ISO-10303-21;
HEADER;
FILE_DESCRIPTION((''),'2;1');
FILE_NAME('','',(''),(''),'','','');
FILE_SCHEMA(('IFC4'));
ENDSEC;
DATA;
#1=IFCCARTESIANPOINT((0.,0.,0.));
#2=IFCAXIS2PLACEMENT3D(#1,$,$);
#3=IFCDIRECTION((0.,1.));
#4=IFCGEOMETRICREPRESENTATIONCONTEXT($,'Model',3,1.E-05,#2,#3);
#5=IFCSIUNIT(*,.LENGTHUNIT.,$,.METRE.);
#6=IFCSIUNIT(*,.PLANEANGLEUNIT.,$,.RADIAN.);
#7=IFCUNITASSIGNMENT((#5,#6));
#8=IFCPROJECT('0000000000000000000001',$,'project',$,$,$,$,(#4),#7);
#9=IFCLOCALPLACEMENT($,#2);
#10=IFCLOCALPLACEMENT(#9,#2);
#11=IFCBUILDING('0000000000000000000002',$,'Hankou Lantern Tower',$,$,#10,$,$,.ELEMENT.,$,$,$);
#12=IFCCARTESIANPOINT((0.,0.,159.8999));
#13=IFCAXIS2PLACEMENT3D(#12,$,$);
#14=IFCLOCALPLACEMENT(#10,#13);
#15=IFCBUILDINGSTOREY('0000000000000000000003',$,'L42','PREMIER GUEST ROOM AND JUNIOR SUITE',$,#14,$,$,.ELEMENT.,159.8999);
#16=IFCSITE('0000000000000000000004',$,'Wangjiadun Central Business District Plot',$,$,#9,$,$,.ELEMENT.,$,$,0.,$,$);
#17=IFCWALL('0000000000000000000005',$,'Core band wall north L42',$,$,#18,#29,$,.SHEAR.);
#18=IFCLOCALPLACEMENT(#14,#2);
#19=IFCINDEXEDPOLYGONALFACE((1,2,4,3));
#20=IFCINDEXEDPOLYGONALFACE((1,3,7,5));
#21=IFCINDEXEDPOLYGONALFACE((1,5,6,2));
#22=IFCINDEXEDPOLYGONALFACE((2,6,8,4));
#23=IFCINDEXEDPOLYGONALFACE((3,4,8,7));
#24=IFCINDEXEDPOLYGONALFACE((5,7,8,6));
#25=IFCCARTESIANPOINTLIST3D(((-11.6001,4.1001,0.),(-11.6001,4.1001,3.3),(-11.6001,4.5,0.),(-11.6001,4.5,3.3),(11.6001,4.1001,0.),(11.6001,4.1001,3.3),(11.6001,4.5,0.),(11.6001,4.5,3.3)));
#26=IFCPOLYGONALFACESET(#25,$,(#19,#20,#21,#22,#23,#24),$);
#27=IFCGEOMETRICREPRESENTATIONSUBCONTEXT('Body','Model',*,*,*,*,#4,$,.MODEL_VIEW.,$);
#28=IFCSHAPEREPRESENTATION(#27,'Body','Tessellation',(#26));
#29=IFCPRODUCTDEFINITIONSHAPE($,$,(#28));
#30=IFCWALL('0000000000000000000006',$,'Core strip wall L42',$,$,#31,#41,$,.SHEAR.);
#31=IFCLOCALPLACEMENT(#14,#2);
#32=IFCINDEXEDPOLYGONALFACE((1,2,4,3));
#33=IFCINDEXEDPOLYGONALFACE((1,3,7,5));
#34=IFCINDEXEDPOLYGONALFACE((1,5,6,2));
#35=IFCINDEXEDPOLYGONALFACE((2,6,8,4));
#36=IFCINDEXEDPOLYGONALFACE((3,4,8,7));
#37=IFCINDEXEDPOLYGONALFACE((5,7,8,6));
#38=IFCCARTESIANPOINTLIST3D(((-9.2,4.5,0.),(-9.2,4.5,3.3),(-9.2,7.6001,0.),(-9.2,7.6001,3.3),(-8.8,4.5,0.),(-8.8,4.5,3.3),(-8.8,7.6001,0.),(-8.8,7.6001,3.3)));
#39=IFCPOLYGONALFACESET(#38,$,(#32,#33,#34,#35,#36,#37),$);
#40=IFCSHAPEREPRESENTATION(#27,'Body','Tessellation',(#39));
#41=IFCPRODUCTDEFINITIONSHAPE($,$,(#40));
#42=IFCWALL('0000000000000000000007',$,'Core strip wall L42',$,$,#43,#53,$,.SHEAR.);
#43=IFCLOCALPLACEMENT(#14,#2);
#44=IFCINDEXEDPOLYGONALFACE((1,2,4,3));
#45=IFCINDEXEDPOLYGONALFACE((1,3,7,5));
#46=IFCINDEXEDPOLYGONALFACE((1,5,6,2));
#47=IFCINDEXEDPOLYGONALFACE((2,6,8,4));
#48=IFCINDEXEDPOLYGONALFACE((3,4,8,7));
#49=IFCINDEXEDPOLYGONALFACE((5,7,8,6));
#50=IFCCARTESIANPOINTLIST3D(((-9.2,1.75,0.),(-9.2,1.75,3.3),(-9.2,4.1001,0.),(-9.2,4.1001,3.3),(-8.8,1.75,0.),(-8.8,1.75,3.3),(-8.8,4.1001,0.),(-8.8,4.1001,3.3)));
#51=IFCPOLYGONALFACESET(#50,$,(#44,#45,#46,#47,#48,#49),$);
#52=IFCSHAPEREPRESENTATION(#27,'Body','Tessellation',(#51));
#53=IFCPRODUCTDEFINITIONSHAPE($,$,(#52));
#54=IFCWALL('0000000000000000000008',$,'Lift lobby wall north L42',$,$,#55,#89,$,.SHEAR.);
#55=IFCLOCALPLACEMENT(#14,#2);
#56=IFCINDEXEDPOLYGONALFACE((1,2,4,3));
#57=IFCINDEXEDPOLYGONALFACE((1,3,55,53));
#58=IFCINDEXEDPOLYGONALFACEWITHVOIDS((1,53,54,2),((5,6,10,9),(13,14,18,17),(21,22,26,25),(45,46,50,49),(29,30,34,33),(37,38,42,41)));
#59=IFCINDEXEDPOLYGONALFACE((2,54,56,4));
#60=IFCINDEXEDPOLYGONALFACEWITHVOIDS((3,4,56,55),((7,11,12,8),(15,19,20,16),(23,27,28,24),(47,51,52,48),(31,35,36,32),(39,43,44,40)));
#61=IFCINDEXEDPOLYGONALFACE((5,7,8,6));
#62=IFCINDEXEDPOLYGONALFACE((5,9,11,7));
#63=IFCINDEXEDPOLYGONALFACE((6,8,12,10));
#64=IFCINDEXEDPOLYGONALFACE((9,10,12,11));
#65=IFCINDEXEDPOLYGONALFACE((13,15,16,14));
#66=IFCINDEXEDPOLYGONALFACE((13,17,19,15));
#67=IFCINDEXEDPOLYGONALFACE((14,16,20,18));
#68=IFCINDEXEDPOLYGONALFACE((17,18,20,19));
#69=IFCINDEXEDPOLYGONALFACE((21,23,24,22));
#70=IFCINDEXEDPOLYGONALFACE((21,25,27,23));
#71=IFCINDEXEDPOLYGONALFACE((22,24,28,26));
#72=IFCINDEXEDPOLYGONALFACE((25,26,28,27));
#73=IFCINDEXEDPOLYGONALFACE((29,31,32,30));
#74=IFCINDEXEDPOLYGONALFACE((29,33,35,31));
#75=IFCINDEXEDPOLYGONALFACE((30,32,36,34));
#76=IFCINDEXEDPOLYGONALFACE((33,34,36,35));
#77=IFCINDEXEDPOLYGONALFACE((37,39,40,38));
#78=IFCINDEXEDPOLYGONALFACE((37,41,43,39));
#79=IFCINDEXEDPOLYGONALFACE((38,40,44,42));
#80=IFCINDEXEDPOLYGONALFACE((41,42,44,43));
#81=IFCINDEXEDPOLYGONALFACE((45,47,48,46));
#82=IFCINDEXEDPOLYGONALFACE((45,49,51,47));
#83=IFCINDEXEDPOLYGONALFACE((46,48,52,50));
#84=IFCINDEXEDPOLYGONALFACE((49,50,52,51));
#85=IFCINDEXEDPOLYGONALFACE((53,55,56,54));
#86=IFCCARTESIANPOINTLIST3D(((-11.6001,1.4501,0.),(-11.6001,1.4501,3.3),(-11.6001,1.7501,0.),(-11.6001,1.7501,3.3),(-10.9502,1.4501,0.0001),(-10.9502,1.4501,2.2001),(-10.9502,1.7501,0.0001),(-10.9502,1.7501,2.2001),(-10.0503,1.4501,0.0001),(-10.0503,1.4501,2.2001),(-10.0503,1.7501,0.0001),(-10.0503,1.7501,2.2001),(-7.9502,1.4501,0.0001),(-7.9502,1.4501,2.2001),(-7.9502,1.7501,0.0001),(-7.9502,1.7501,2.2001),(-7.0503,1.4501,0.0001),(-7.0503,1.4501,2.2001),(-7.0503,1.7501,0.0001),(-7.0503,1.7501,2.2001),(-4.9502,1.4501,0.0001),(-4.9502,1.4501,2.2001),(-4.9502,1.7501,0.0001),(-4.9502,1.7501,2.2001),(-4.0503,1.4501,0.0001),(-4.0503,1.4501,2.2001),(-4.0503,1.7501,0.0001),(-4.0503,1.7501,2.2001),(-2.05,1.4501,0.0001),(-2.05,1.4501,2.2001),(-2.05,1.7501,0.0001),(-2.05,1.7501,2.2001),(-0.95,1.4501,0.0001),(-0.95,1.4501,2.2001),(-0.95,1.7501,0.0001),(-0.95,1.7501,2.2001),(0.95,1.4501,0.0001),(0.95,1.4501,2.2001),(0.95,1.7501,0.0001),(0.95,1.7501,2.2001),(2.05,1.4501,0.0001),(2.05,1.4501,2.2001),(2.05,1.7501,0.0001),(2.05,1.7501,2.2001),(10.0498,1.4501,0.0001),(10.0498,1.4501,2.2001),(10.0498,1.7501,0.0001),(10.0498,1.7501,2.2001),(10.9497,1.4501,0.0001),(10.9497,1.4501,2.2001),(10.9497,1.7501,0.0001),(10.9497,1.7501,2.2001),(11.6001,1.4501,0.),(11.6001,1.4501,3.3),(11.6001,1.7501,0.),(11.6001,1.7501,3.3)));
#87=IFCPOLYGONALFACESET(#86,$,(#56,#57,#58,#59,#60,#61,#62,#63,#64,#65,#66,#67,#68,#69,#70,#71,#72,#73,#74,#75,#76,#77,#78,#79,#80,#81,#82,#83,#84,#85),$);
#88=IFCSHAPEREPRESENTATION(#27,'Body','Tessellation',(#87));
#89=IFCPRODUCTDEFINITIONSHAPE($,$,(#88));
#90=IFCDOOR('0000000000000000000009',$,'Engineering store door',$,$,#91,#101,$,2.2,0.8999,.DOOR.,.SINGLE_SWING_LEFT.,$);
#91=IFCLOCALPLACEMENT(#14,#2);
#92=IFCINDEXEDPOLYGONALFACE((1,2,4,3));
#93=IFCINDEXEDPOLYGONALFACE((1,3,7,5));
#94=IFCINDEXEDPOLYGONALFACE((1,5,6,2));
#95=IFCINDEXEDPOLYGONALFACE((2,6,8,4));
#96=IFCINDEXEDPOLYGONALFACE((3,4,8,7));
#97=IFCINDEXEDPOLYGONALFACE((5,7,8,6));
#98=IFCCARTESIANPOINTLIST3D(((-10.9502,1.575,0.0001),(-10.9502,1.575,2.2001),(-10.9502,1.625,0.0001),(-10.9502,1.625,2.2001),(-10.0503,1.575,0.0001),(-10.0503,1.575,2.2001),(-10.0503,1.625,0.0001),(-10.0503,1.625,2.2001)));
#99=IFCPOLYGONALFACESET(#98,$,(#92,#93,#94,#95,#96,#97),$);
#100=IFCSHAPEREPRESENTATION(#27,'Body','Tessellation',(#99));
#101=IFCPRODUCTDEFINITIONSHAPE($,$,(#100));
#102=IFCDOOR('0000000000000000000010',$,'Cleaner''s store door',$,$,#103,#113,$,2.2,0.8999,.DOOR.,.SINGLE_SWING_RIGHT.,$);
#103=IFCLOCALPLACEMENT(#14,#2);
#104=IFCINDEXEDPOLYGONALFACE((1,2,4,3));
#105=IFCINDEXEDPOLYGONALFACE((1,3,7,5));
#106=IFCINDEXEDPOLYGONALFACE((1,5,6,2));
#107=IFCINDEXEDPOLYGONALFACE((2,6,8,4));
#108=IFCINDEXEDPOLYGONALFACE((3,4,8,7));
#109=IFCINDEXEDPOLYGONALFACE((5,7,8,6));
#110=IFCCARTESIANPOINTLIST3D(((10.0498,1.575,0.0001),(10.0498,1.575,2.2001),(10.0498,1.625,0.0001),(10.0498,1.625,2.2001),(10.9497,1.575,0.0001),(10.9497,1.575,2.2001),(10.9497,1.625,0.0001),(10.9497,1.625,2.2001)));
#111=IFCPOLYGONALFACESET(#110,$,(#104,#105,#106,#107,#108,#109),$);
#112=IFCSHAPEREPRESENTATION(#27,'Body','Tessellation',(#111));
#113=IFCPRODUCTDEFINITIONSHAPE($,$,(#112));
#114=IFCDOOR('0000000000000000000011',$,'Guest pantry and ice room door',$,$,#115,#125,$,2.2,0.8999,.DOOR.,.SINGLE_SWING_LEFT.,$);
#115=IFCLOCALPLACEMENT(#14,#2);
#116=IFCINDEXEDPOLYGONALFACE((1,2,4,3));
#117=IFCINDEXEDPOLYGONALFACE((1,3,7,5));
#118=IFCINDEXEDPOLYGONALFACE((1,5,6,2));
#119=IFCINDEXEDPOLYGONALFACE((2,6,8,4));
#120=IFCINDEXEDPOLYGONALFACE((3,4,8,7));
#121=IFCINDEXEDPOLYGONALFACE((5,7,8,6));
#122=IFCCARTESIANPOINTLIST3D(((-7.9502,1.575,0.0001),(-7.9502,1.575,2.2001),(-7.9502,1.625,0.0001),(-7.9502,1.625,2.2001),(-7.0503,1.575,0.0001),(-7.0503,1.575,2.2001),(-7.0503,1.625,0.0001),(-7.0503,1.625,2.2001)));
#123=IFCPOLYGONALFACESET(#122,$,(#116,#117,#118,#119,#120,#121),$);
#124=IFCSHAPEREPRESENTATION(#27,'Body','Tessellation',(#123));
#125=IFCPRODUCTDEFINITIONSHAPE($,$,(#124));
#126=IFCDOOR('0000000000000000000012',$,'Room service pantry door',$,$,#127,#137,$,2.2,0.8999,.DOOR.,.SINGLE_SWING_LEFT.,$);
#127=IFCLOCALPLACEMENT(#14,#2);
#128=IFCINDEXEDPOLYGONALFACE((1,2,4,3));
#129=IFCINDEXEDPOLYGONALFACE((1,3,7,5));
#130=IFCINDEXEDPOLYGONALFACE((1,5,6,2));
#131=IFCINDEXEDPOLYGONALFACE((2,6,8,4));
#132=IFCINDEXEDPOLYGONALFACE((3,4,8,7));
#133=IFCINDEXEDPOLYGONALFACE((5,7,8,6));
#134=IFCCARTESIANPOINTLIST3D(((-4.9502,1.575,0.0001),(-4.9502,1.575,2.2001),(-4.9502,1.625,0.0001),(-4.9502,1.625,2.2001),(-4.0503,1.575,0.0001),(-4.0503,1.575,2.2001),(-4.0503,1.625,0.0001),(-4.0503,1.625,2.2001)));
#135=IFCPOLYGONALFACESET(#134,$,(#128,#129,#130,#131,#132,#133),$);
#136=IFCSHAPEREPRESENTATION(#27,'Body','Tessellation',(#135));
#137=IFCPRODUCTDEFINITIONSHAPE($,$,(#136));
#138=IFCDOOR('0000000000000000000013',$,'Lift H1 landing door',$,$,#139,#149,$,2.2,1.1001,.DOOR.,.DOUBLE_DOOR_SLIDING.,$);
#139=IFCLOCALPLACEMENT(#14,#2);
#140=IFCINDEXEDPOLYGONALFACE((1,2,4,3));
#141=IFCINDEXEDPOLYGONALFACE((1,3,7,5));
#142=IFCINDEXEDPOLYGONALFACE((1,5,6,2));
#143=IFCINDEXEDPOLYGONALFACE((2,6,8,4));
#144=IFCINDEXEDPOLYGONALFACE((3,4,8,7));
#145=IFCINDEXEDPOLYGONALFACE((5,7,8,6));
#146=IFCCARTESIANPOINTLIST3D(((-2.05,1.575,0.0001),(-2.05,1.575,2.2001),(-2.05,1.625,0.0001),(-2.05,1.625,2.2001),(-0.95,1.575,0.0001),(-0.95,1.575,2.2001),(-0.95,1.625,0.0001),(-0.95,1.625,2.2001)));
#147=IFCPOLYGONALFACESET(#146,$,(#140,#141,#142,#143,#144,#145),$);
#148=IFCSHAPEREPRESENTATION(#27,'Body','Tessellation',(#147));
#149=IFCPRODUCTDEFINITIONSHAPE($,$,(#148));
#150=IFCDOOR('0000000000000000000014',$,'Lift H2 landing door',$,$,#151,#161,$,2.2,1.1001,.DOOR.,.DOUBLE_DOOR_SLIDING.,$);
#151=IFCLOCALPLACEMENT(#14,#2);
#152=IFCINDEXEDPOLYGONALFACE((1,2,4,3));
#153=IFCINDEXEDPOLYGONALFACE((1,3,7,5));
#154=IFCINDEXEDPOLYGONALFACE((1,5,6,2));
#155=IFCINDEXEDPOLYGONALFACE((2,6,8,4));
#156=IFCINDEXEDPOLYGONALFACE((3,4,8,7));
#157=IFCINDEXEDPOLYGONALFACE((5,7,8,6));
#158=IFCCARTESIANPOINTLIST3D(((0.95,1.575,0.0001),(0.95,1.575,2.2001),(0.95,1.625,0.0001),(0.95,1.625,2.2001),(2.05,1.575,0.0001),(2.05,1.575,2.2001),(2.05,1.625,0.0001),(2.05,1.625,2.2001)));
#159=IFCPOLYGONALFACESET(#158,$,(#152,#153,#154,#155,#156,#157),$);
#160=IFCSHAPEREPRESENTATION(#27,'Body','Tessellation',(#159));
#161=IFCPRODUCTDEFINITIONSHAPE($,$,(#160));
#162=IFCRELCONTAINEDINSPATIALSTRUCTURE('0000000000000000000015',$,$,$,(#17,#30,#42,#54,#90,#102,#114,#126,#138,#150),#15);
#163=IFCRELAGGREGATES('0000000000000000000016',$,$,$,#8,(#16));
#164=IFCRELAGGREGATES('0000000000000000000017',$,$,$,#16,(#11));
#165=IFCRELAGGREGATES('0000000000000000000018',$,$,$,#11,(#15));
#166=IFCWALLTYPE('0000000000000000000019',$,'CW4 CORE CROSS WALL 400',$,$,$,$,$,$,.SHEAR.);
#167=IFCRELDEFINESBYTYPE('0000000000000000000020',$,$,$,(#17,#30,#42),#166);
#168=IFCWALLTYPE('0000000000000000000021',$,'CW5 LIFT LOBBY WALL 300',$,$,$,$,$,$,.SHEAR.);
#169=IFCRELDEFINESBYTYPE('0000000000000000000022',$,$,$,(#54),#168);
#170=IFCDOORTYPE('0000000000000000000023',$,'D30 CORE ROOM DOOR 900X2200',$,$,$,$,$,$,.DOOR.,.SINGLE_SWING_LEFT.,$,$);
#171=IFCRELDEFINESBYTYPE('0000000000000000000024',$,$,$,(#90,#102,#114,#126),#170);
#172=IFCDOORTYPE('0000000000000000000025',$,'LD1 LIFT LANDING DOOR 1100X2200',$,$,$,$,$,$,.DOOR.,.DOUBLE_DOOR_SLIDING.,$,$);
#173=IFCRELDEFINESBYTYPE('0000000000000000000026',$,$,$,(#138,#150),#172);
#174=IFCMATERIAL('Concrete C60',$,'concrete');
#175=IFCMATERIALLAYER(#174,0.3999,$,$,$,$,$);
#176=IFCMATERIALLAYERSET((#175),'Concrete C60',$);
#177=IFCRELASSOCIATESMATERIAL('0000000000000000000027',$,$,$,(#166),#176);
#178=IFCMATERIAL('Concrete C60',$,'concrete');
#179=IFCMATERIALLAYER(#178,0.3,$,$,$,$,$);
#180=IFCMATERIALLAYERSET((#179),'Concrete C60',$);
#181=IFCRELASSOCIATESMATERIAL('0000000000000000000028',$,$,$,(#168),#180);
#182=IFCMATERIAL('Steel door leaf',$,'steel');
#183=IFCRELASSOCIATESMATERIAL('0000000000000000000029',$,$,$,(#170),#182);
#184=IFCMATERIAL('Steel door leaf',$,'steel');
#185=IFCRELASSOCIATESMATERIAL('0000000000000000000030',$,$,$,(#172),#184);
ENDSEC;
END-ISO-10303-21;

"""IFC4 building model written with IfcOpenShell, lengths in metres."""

from ifc_helpers import new_model, si_unit, direction, frame, frame_2d, origin, place, context, subcontext, project, spatial, rectangle, extrude, material, layer, layer_set, type_object, element, fill, save


model = new_model("IFC4")

# Units and contexts
model_context = context("Model", 3, precision=1e-05, world=origin(), true_north=direction((0.0, 1.0)))
body_context = subcontext(model_context, "Body", "Model", "MODEL_VIEW")
ifc_project = project(units=[si_unit("LENGTHUNIT", "METRE"), si_unit("PLANEANGLEUNIT", "RADIAN")], contexts=[model_context])

# Site, building, storey
site_placement = place(None, origin())
site = spatial("IfcSite", under=ifc_project, at=site_placement, Name="Wangjiadun Central Business District Plot", CompositionType="ELEMENT", RefElevation=0.0)
building_placement = place(site_placement, origin())
building = spatial("IfcBuilding", under=site, at=building_placement, Name="Hankou Lantern Tower", CompositionType="ELEMENT")
storey_placement = place(building_placement, frame((0.0, 0.0, 159.8999)))
storey = spatial("IfcBuildingStorey", under=building, at=storey_placement, Name="L42", Description="PREMIER GUEST ROOM AND JUNIOR SUITE", CompositionType="ELEMENT", Elevation=159.8999)

# Walls
ifc_material_1 = material(Name="Concrete C60", Category="concrete")
ifc_layer_1 = layer(ifc_material_1, 0.3999)
ifc_layer_set_1 = layer_set([ifc_layer_1], Name="Concrete C60")
wall_type_1 = type_object("IfcWallType", Name="CW4 CORE CROSS WALL 400", PredefinedType="SHEAR", material=ifc_layer_set_1)
wall_1_placement = place(storey_placement, frame((-11.6001, 4.3, 0.0), z_axis=(0.0, 0.0, 1.0), x_axis=(1.0, 0.0, 0.0)))
element("IfcWall", 1, at=wall_1_placement, inside=storey, type_object=wall_type_1, Name="Core band wall north L42", PredefinedType="SHEAR", context=body_context, shape_type="SweptSolid", body=[
    extrude(rectangle(XDim=23.2002, YDim=0.3999, at=frame_2d((11.6001, 0.0))), origin(), (0.0, 0.0, 1.0), 3.3),
])
wall_2_placement = place(storey_placement, frame((-9.0, 4.5, 0.0), z_axis=(0.0, 0.0, 1.0), x_axis=(0.0, 1.0, 0.0)))
element("IfcWall", 2, at=wall_2_placement, inside=storey, type_object=wall_type_1, Name="Core strip wall L42", PredefinedType="SHEAR", context=body_context, shape_type="SweptSolid", body=[
    extrude(rectangle(XDim=3.1001, YDim=0.3999, at=frame_2d((1.55, 0.0))), origin(), (0.0, 0.0, 1.0), 3.3),
])
wall_3_placement = place(storey_placement, frame((-9.0, 1.75, 0.0), z_axis=(0.0, 0.0, 1.0), x_axis=(0.0, 1.0, 0.0)))
element("IfcWall", 3, at=wall_3_placement, inside=storey, type_object=wall_type_1, Name="Core strip wall L42", PredefinedType="SHEAR", context=body_context, shape_type="SweptSolid", body=[
    extrude(rectangle(XDim=2.3501, YDim=0.3999, at=frame_2d((1.175, 0.0))), origin(), (0.0, 0.0, 1.0), 3.3),
])

# Wall, openings, doors
ifc_material_2 = material(Name="Concrete C60", Category="concrete")
ifc_layer_2 = layer(ifc_material_2, 0.3)
ifc_layer_set_2 = layer_set([ifc_layer_2], Name="Concrete C60")
wall_type_2 = type_object("IfcWallType", Name="CW5 LIFT LOBBY WALL 300", PredefinedType="SHEAR", material=ifc_layer_set_2)
wall_4_placement = place(storey_placement, frame((-11.6001, 1.6001, 0.0), z_axis=(0.0, 0.0, 1.0), x_axis=(1.0, 0.0, 0.0)))
wall_4 = element("IfcWall", 4, at=wall_4_placement, inside=storey, type_object=wall_type_2, Name="Lift lobby wall north L42", PredefinedType="SHEAR", context=body_context, shape_type="SweptSolid", body=[
    extrude(rectangle(XDim=23.2002, YDim=0.3, at=frame_2d((11.6001, 0.0))), origin(), (0.0, 0.0, 1.0), 3.3),
])
opening_1_placement = place(wall_4_placement, frame((9.55, 0.0, 0.0)))
opening_1 = element("IfcOpeningElement", 5, at=opening_1_placement, cuts=wall_4, PredefinedType="OPENING", context=body_context, shape_type="SweptSolid", body=[
    extrude(rectangle(XDim=1.1001, YDim=2.2, at=frame_2d((0.55, 1.1001))), frame((0.0, 0.1599, 0.0), z_axis=(0.0, -1.0, 0.0), x_axis=(1.0, 0.0, 0.0)), (0.0, 0.0, 1.0), 0.3201),
])
opening_2_placement = place(wall_4_placement, frame((12.55, 0.0, 0.0)))
opening_2 = element("IfcOpeningElement", 6, at=opening_2_placement, cuts=wall_4, PredefinedType="OPENING", context=body_context, shape_type="SweptSolid", body=[
    extrude(rectangle(XDim=1.1001, YDim=2.2, at=frame_2d((0.55, 1.1001))), frame((0.0, 0.1599, 0.0), z_axis=(0.0, -1.0, 0.0), x_axis=(1.0, 0.0, 0.0)), (0.0, 0.0, 1.0), 0.3201),
])
opening_3_placement = place(wall_4_placement, frame((0.6499, 0.0, 0.0)))
opening_3 = element("IfcOpeningElement", 7, at=opening_3_placement, cuts=wall_4, PredefinedType="OPENING", context=body_context, shape_type="SweptSolid", body=[
    extrude(rectangle(XDim=0.8999, YDim=2.2, at=frame_2d((0.45, 1.1001))), frame((0.0, 0.1599, 0.0), z_axis=(0.0, -1.0, 0.0), x_axis=(1.0, 0.0, 0.0)), (0.0, 0.0, 1.0), 0.3201),
])
opening_4_placement = place(wall_4_placement, frame((21.6499, 0.0, 0.0)))
opening_4 = element("IfcOpeningElement", 8, at=opening_4_placement, cuts=wall_4, PredefinedType="OPENING", context=body_context, shape_type="SweptSolid", body=[
    extrude(rectangle(XDim=0.8999, YDim=2.2, at=frame_2d((0.45, 1.1001))), frame((0.0, 0.1599, 0.0), z_axis=(0.0, -1.0, 0.0), x_axis=(1.0, 0.0, 0.0)), (0.0, 0.0, 1.0), 0.3201),
])
opening_5_placement = place(wall_4_placement, frame((3.6499, 0.0, 0.0)))
opening_5 = element("IfcOpeningElement", 9, at=opening_5_placement, cuts=wall_4, PredefinedType="OPENING", context=body_context, shape_type="SweptSolid", body=[
    extrude(rectangle(XDim=0.8999, YDim=2.2, at=frame_2d((0.45, 1.1001))), frame((0.0, 0.1599, 0.0), z_axis=(0.0, -1.0, 0.0), x_axis=(1.0, 0.0, 0.0)), (0.0, 0.0, 1.0), 0.3201),
])
opening_6_placement = place(wall_4_placement, frame((6.6499, 0.0, 0.0)))
opening_6 = element("IfcOpeningElement", 10, at=opening_6_placement, cuts=wall_4, PredefinedType="OPENING", context=body_context, shape_type="SweptSolid", body=[
    extrude(rectangle(XDim=0.8999, YDim=2.2, at=frame_2d((0.45, 1.1001))), frame((0.0, 0.1599, 0.0), z_axis=(0.0, -1.0, 0.0), x_axis=(1.0, 0.0, 0.0)), (0.0, 0.0, 1.0), 0.3201),
])
ifc_material_3 = material(Name="Steel door leaf", Category="steel")
door_type_1 = type_object("IfcDoorType", Name="D30 CORE ROOM DOOR 900X2200", OperationType="SINGLE_SWING_LEFT", PredefinedType="DOOR", material=ifc_material_3)
door_1_placement = place(opening_3_placement, origin())
door_1 = element("IfcDoor", 11, at=door_1_placement, inside=storey, type_object=door_type_1, Name="Engineering store door", OperationType="SINGLE_SWING_LEFT", OverallHeight=2.2, OverallWidth=0.8999, PredefinedType="DOOR", context=body_context, shape_type="SweptSolid", body=[
    extrude(rectangle(XDim=0.8999, YDim=2.2, at=frame_2d((0.45, 1.1001))), frame((0.0, 0.0249, 0.0), z_axis=(0.0, -1.0, 0.0), x_axis=(1.0, 0.0, 0.0)), (0.0, 0.0, 1.0), 0.05),
])
fill(opening_3, door_1)
door_2_placement = place(opening_4_placement, origin())
door_2 = element("IfcDoor", 12, at=door_2_placement, inside=storey, type_object=door_type_1, Name="Cleaner's store door", OperationType="SINGLE_SWING_RIGHT", OverallHeight=2.2, OverallWidth=0.8999, PredefinedType="DOOR", context=body_context, shape_type="SweptSolid", body=[
    extrude(rectangle(XDim=0.8999, YDim=2.2, at=frame_2d((0.45, 1.1001))), frame((0.0, 0.0249, 0.0), z_axis=(0.0, -1.0, 0.0), x_axis=(1.0, 0.0, 0.0)), (0.0, 0.0, 1.0), 0.05),
])
fill(opening_4, door_2)
door_3_placement = place(opening_5_placement, origin())
door_3 = element("IfcDoor", 13, at=door_3_placement, inside=storey, type_object=door_type_1, Name="Guest pantry and ice room door", OperationType="SINGLE_SWING_LEFT", OverallHeight=2.2, OverallWidth=0.8999, PredefinedType="DOOR", context=body_context, shape_type="SweptSolid", body=[
    extrude(rectangle(XDim=0.8999, YDim=2.2, at=frame_2d((0.45, 1.1001))), frame((0.0, 0.0249, 0.0), z_axis=(0.0, -1.0, 0.0), x_axis=(1.0, 0.0, 0.0)), (0.0, 0.0, 1.0), 0.05),
])
fill(opening_5, door_3)
door_4_placement = place(opening_6_placement, origin())
door_4 = element("IfcDoor", 14, at=door_4_placement, inside=storey, type_object=door_type_1, Name="Room service pantry door", OperationType="SINGLE_SWING_LEFT", OverallHeight=2.2, OverallWidth=0.8999, PredefinedType="DOOR", context=body_context, shape_type="SweptSolid", body=[
    extrude(rectangle(XDim=0.8999, YDim=2.2, at=frame_2d((0.45, 1.1001))), frame((0.0, 0.0249, 0.0), z_axis=(0.0, -1.0, 0.0), x_axis=(1.0, 0.0, 0.0)), (0.0, 0.0, 1.0), 0.05),
])
fill(opening_6, door_4)
ifc_material_4 = material(Name="Steel door leaf", Category="steel")
door_type_2 = type_object("IfcDoorType", Name="LD1 LIFT LANDING DOOR 1100X2200", OperationType="DOUBLE_DOOR_SLIDING", PredefinedType="DOOR", material=ifc_material_4)
door_5_placement = place(opening_1_placement, origin())
door_5 = element("IfcDoor", 15, at=door_5_placement, inside=storey, type_object=door_type_2, Name="Lift H1 landing door", OperationType="DOUBLE_DOOR_SLIDING", OverallHeight=2.2, OverallWidth=1.1001, PredefinedType="DOOR", context=body_context, shape_type="SweptSolid", body=[
    extrude(rectangle(XDim=1.1001, YDim=2.2, at=frame_2d((0.55, 1.1001))), frame((0.0, 0.0249, 0.0), z_axis=(0.0, -1.0, 0.0), x_axis=(1.0, 0.0, 0.0)), (0.0, 0.0, 1.0), 0.05),
])
fill(opening_1, door_5)
door_6_placement = place(opening_2_placement, origin())
door_6 = element("IfcDoor", 16, at=door_6_placement, inside=storey, type_object=door_type_2, Name="Lift H2 landing door", OperationType="DOUBLE_DOOR_SLIDING", OverallHeight=2.2, OverallWidth=1.1001, PredefinedType="DOOR", context=body_context, shape_type="SweptSolid", body=[
    extrude(rectangle(XDim=1.1001, YDim=2.2, at=frame_2d((0.55, 1.1001))), frame((0.0, 0.0249, 0.0), z_axis=(0.0, -1.0, 0.0), x_axis=(1.0, 0.0, 0.0)), (0.0, 0.0, 1.0), 0.05),
])
fill(opening_2, door_6)

save(model, "model.ifc")
